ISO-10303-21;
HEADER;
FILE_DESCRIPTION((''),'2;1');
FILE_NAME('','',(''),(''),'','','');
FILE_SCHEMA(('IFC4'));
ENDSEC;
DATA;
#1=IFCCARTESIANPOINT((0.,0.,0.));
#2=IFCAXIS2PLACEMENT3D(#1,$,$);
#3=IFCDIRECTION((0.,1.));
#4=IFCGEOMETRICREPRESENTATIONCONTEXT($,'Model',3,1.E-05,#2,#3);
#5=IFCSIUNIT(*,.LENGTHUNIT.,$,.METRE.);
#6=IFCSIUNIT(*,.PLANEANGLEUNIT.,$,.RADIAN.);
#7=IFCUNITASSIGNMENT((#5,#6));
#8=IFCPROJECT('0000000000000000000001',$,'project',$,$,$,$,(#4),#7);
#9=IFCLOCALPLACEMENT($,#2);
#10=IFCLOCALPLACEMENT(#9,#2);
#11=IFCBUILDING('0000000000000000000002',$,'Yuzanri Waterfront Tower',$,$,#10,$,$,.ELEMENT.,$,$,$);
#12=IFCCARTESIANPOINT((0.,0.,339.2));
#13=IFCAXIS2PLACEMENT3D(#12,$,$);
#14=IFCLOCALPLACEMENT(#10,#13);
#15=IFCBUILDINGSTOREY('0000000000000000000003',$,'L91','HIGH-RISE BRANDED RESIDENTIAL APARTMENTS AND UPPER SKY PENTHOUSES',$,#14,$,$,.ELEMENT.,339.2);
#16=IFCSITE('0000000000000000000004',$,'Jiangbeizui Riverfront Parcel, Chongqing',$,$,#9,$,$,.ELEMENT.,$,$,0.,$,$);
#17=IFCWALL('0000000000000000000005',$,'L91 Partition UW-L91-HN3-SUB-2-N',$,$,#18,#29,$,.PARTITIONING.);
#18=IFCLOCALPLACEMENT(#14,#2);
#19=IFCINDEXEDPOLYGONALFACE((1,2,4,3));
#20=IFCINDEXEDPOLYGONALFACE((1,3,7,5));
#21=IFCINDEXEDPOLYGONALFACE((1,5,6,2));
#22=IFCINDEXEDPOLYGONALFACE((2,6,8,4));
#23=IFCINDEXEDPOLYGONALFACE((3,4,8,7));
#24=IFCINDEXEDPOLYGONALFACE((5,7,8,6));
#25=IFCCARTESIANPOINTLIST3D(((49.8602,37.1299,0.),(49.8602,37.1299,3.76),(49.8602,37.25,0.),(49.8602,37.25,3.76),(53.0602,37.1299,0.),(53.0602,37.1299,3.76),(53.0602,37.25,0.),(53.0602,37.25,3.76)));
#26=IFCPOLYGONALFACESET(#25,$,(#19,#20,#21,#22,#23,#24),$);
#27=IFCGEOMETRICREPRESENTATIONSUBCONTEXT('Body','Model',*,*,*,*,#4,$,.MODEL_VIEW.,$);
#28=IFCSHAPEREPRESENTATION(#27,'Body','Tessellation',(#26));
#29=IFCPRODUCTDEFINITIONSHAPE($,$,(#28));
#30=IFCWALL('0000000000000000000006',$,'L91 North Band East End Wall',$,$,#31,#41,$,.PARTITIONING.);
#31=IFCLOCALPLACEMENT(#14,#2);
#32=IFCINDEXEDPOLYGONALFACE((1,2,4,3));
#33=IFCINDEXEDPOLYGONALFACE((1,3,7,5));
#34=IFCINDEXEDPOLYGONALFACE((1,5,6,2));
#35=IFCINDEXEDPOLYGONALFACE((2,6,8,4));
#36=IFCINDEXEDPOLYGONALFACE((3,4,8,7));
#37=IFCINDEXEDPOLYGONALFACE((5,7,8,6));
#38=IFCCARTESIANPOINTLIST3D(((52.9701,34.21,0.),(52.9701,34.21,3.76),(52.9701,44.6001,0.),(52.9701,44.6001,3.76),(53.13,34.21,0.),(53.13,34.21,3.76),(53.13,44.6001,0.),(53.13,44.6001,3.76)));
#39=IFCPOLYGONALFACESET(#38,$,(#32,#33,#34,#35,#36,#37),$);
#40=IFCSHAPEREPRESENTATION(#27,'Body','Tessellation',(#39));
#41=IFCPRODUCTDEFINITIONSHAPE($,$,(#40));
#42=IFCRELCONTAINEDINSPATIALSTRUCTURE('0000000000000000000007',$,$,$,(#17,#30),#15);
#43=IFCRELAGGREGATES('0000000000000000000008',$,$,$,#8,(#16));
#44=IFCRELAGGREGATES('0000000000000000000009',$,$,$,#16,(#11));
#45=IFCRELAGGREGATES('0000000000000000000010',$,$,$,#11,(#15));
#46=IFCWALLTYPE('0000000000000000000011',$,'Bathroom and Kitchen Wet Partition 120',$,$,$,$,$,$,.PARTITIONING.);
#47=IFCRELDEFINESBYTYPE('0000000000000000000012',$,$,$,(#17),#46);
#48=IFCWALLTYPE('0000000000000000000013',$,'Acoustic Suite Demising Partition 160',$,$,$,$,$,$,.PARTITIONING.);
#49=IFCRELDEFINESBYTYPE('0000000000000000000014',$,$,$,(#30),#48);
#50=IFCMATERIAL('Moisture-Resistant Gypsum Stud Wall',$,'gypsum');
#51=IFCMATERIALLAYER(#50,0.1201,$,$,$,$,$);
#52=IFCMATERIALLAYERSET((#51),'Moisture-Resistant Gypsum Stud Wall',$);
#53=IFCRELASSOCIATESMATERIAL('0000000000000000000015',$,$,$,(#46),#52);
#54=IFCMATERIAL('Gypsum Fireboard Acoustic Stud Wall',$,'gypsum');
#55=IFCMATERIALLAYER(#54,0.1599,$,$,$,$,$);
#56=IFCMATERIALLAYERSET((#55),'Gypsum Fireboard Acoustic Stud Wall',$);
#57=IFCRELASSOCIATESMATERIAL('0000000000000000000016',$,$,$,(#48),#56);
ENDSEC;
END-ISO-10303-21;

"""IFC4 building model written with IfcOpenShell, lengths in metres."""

from ifc_helpers import new_model, si_unit, direction, frame, frame_2d, origin, place, context, subcontext, project, spatial, rectangle, extrude, source, transform, mapped, material, layer, layer_set, type_object, element, save


model = new_model("IFC4")

# Units and contexts
model_context = context("Model", 3, precision=1e-05, world=origin(), true_north=direction((0.0, 1.0)))
body_context = subcontext(model_context, "Body", "Model", "MODEL_VIEW")
ifc_project = project(units=[si_unit("LENGTHUNIT", "METRE"), si_unit("PLANEANGLEUNIT", "RADIAN")], contexts=[model_context])

# Site, building, storey
site_placement = place(None, origin())
site = spatial("IfcSite", under=ifc_project, at=site_placement, Name="Jiangbeizui Riverfront Parcel, Chongqing", CompositionType="ELEMENT", RefElevation=0.0)
building_placement = place(site_placement, origin())
building = spatial("IfcBuilding", under=site, at=building_placement, Name="Yuzanri Waterfront Tower", CompositionType="ELEMENT")
storey_placement = place(building_placement, frame((0.0, 0.0, 339.2)))
storey = spatial("IfcBuildingStorey", under=building, at=storey_placement, Name="L91", Description="HIGH-RISE BRANDED RESIDENTIAL APARTMENTS AND UPPER SKY PENTHOUSES", CompositionType="ELEMENT", Elevation=339.2)

# Shared definitions
ifc_material_1 = material(Name="Moisture-Resistant Gypsum Stud Wall", Category="gypsum")
ifc_layer_1 = layer(ifc_material_1, 0.1201)
ifc_layer_set_1 = layer_set([ifc_layer_1], Name="Moisture-Resistant Gypsum Stud Wall")
wall_type_1 = type_object("IfcWallType", Name="Bathroom and Kitchen Wet Partition 120", PredefinedType="PARTITIONING", material=ifc_layer_set_1)

# Walls
shared_shape_1 = source(origin(), body_context, "Body", "SweptSolid", [
    extrude(rectangle(XDim=3.2, YDim=0.1201, at=frame_2d((1.6001, 0.0))), origin(), (0.0, 0.0, 1.0), 3.76),
])
wall_1_placement = place(storey_placement, frame((49.8601, 37.1899, 0.0), z_axis=(0.0, 0.0, 1.0), x_axis=(1.0, 0.0, 0.0)))
element("IfcWall", 1, at=wall_1_placement, inside=storey, type_object=wall_type_1, Name="L91 Partition UW-L91-HN3-SUB-2-N", PredefinedType="PARTITIONING", context=body_context, shape_type="MappedRepresentation", body=[
    mapped(shared_shape_1, transform((0.0, 0.0, 0.0), scale=1.0)),
])
ifc_material_2 = material(Name="Gypsum Fireboard Acoustic Stud Wall", Category="gypsum")
ifc_layer_2 = layer(ifc_material_2, 0.1599)
ifc_layer_set_2 = layer_set([ifc_layer_2], Name="Gypsum Fireboard Acoustic Stud Wall")
wall_type_2 = type_object("IfcWallType", Name="Acoustic Suite Demising Partition 160", PredefinedType="PARTITIONING", material=ifc_layer_set_2)
shared_shape_2 = source(origin(), body_context, "Body", "SweptSolid", [
    extrude(rectangle(XDim=10.3901, YDim=0.1599, at=frame_2d((5.1951, 0.0))), origin(), (0.0, 0.0, 1.0), 3.76),
])
wall_2_placement = place(storey_placement, frame((53.05, 34.21, 0.0), z_axis=(0.0, 0.0, 1.0), x_axis=(0.0, 1.0, 0.0)))
element("IfcWall", 2, at=wall_2_placement, inside=storey, type_object=wall_type_2, Name="L91 North Band East End Wall", PredefinedType="PARTITIONING", context=body_context, shape_type="MappedRepresentation", body=[
    mapped(shared_shape_2, transform((0.0, 0.0, 0.0), scale=1.0)),
])

save(model, "model.ifc")
